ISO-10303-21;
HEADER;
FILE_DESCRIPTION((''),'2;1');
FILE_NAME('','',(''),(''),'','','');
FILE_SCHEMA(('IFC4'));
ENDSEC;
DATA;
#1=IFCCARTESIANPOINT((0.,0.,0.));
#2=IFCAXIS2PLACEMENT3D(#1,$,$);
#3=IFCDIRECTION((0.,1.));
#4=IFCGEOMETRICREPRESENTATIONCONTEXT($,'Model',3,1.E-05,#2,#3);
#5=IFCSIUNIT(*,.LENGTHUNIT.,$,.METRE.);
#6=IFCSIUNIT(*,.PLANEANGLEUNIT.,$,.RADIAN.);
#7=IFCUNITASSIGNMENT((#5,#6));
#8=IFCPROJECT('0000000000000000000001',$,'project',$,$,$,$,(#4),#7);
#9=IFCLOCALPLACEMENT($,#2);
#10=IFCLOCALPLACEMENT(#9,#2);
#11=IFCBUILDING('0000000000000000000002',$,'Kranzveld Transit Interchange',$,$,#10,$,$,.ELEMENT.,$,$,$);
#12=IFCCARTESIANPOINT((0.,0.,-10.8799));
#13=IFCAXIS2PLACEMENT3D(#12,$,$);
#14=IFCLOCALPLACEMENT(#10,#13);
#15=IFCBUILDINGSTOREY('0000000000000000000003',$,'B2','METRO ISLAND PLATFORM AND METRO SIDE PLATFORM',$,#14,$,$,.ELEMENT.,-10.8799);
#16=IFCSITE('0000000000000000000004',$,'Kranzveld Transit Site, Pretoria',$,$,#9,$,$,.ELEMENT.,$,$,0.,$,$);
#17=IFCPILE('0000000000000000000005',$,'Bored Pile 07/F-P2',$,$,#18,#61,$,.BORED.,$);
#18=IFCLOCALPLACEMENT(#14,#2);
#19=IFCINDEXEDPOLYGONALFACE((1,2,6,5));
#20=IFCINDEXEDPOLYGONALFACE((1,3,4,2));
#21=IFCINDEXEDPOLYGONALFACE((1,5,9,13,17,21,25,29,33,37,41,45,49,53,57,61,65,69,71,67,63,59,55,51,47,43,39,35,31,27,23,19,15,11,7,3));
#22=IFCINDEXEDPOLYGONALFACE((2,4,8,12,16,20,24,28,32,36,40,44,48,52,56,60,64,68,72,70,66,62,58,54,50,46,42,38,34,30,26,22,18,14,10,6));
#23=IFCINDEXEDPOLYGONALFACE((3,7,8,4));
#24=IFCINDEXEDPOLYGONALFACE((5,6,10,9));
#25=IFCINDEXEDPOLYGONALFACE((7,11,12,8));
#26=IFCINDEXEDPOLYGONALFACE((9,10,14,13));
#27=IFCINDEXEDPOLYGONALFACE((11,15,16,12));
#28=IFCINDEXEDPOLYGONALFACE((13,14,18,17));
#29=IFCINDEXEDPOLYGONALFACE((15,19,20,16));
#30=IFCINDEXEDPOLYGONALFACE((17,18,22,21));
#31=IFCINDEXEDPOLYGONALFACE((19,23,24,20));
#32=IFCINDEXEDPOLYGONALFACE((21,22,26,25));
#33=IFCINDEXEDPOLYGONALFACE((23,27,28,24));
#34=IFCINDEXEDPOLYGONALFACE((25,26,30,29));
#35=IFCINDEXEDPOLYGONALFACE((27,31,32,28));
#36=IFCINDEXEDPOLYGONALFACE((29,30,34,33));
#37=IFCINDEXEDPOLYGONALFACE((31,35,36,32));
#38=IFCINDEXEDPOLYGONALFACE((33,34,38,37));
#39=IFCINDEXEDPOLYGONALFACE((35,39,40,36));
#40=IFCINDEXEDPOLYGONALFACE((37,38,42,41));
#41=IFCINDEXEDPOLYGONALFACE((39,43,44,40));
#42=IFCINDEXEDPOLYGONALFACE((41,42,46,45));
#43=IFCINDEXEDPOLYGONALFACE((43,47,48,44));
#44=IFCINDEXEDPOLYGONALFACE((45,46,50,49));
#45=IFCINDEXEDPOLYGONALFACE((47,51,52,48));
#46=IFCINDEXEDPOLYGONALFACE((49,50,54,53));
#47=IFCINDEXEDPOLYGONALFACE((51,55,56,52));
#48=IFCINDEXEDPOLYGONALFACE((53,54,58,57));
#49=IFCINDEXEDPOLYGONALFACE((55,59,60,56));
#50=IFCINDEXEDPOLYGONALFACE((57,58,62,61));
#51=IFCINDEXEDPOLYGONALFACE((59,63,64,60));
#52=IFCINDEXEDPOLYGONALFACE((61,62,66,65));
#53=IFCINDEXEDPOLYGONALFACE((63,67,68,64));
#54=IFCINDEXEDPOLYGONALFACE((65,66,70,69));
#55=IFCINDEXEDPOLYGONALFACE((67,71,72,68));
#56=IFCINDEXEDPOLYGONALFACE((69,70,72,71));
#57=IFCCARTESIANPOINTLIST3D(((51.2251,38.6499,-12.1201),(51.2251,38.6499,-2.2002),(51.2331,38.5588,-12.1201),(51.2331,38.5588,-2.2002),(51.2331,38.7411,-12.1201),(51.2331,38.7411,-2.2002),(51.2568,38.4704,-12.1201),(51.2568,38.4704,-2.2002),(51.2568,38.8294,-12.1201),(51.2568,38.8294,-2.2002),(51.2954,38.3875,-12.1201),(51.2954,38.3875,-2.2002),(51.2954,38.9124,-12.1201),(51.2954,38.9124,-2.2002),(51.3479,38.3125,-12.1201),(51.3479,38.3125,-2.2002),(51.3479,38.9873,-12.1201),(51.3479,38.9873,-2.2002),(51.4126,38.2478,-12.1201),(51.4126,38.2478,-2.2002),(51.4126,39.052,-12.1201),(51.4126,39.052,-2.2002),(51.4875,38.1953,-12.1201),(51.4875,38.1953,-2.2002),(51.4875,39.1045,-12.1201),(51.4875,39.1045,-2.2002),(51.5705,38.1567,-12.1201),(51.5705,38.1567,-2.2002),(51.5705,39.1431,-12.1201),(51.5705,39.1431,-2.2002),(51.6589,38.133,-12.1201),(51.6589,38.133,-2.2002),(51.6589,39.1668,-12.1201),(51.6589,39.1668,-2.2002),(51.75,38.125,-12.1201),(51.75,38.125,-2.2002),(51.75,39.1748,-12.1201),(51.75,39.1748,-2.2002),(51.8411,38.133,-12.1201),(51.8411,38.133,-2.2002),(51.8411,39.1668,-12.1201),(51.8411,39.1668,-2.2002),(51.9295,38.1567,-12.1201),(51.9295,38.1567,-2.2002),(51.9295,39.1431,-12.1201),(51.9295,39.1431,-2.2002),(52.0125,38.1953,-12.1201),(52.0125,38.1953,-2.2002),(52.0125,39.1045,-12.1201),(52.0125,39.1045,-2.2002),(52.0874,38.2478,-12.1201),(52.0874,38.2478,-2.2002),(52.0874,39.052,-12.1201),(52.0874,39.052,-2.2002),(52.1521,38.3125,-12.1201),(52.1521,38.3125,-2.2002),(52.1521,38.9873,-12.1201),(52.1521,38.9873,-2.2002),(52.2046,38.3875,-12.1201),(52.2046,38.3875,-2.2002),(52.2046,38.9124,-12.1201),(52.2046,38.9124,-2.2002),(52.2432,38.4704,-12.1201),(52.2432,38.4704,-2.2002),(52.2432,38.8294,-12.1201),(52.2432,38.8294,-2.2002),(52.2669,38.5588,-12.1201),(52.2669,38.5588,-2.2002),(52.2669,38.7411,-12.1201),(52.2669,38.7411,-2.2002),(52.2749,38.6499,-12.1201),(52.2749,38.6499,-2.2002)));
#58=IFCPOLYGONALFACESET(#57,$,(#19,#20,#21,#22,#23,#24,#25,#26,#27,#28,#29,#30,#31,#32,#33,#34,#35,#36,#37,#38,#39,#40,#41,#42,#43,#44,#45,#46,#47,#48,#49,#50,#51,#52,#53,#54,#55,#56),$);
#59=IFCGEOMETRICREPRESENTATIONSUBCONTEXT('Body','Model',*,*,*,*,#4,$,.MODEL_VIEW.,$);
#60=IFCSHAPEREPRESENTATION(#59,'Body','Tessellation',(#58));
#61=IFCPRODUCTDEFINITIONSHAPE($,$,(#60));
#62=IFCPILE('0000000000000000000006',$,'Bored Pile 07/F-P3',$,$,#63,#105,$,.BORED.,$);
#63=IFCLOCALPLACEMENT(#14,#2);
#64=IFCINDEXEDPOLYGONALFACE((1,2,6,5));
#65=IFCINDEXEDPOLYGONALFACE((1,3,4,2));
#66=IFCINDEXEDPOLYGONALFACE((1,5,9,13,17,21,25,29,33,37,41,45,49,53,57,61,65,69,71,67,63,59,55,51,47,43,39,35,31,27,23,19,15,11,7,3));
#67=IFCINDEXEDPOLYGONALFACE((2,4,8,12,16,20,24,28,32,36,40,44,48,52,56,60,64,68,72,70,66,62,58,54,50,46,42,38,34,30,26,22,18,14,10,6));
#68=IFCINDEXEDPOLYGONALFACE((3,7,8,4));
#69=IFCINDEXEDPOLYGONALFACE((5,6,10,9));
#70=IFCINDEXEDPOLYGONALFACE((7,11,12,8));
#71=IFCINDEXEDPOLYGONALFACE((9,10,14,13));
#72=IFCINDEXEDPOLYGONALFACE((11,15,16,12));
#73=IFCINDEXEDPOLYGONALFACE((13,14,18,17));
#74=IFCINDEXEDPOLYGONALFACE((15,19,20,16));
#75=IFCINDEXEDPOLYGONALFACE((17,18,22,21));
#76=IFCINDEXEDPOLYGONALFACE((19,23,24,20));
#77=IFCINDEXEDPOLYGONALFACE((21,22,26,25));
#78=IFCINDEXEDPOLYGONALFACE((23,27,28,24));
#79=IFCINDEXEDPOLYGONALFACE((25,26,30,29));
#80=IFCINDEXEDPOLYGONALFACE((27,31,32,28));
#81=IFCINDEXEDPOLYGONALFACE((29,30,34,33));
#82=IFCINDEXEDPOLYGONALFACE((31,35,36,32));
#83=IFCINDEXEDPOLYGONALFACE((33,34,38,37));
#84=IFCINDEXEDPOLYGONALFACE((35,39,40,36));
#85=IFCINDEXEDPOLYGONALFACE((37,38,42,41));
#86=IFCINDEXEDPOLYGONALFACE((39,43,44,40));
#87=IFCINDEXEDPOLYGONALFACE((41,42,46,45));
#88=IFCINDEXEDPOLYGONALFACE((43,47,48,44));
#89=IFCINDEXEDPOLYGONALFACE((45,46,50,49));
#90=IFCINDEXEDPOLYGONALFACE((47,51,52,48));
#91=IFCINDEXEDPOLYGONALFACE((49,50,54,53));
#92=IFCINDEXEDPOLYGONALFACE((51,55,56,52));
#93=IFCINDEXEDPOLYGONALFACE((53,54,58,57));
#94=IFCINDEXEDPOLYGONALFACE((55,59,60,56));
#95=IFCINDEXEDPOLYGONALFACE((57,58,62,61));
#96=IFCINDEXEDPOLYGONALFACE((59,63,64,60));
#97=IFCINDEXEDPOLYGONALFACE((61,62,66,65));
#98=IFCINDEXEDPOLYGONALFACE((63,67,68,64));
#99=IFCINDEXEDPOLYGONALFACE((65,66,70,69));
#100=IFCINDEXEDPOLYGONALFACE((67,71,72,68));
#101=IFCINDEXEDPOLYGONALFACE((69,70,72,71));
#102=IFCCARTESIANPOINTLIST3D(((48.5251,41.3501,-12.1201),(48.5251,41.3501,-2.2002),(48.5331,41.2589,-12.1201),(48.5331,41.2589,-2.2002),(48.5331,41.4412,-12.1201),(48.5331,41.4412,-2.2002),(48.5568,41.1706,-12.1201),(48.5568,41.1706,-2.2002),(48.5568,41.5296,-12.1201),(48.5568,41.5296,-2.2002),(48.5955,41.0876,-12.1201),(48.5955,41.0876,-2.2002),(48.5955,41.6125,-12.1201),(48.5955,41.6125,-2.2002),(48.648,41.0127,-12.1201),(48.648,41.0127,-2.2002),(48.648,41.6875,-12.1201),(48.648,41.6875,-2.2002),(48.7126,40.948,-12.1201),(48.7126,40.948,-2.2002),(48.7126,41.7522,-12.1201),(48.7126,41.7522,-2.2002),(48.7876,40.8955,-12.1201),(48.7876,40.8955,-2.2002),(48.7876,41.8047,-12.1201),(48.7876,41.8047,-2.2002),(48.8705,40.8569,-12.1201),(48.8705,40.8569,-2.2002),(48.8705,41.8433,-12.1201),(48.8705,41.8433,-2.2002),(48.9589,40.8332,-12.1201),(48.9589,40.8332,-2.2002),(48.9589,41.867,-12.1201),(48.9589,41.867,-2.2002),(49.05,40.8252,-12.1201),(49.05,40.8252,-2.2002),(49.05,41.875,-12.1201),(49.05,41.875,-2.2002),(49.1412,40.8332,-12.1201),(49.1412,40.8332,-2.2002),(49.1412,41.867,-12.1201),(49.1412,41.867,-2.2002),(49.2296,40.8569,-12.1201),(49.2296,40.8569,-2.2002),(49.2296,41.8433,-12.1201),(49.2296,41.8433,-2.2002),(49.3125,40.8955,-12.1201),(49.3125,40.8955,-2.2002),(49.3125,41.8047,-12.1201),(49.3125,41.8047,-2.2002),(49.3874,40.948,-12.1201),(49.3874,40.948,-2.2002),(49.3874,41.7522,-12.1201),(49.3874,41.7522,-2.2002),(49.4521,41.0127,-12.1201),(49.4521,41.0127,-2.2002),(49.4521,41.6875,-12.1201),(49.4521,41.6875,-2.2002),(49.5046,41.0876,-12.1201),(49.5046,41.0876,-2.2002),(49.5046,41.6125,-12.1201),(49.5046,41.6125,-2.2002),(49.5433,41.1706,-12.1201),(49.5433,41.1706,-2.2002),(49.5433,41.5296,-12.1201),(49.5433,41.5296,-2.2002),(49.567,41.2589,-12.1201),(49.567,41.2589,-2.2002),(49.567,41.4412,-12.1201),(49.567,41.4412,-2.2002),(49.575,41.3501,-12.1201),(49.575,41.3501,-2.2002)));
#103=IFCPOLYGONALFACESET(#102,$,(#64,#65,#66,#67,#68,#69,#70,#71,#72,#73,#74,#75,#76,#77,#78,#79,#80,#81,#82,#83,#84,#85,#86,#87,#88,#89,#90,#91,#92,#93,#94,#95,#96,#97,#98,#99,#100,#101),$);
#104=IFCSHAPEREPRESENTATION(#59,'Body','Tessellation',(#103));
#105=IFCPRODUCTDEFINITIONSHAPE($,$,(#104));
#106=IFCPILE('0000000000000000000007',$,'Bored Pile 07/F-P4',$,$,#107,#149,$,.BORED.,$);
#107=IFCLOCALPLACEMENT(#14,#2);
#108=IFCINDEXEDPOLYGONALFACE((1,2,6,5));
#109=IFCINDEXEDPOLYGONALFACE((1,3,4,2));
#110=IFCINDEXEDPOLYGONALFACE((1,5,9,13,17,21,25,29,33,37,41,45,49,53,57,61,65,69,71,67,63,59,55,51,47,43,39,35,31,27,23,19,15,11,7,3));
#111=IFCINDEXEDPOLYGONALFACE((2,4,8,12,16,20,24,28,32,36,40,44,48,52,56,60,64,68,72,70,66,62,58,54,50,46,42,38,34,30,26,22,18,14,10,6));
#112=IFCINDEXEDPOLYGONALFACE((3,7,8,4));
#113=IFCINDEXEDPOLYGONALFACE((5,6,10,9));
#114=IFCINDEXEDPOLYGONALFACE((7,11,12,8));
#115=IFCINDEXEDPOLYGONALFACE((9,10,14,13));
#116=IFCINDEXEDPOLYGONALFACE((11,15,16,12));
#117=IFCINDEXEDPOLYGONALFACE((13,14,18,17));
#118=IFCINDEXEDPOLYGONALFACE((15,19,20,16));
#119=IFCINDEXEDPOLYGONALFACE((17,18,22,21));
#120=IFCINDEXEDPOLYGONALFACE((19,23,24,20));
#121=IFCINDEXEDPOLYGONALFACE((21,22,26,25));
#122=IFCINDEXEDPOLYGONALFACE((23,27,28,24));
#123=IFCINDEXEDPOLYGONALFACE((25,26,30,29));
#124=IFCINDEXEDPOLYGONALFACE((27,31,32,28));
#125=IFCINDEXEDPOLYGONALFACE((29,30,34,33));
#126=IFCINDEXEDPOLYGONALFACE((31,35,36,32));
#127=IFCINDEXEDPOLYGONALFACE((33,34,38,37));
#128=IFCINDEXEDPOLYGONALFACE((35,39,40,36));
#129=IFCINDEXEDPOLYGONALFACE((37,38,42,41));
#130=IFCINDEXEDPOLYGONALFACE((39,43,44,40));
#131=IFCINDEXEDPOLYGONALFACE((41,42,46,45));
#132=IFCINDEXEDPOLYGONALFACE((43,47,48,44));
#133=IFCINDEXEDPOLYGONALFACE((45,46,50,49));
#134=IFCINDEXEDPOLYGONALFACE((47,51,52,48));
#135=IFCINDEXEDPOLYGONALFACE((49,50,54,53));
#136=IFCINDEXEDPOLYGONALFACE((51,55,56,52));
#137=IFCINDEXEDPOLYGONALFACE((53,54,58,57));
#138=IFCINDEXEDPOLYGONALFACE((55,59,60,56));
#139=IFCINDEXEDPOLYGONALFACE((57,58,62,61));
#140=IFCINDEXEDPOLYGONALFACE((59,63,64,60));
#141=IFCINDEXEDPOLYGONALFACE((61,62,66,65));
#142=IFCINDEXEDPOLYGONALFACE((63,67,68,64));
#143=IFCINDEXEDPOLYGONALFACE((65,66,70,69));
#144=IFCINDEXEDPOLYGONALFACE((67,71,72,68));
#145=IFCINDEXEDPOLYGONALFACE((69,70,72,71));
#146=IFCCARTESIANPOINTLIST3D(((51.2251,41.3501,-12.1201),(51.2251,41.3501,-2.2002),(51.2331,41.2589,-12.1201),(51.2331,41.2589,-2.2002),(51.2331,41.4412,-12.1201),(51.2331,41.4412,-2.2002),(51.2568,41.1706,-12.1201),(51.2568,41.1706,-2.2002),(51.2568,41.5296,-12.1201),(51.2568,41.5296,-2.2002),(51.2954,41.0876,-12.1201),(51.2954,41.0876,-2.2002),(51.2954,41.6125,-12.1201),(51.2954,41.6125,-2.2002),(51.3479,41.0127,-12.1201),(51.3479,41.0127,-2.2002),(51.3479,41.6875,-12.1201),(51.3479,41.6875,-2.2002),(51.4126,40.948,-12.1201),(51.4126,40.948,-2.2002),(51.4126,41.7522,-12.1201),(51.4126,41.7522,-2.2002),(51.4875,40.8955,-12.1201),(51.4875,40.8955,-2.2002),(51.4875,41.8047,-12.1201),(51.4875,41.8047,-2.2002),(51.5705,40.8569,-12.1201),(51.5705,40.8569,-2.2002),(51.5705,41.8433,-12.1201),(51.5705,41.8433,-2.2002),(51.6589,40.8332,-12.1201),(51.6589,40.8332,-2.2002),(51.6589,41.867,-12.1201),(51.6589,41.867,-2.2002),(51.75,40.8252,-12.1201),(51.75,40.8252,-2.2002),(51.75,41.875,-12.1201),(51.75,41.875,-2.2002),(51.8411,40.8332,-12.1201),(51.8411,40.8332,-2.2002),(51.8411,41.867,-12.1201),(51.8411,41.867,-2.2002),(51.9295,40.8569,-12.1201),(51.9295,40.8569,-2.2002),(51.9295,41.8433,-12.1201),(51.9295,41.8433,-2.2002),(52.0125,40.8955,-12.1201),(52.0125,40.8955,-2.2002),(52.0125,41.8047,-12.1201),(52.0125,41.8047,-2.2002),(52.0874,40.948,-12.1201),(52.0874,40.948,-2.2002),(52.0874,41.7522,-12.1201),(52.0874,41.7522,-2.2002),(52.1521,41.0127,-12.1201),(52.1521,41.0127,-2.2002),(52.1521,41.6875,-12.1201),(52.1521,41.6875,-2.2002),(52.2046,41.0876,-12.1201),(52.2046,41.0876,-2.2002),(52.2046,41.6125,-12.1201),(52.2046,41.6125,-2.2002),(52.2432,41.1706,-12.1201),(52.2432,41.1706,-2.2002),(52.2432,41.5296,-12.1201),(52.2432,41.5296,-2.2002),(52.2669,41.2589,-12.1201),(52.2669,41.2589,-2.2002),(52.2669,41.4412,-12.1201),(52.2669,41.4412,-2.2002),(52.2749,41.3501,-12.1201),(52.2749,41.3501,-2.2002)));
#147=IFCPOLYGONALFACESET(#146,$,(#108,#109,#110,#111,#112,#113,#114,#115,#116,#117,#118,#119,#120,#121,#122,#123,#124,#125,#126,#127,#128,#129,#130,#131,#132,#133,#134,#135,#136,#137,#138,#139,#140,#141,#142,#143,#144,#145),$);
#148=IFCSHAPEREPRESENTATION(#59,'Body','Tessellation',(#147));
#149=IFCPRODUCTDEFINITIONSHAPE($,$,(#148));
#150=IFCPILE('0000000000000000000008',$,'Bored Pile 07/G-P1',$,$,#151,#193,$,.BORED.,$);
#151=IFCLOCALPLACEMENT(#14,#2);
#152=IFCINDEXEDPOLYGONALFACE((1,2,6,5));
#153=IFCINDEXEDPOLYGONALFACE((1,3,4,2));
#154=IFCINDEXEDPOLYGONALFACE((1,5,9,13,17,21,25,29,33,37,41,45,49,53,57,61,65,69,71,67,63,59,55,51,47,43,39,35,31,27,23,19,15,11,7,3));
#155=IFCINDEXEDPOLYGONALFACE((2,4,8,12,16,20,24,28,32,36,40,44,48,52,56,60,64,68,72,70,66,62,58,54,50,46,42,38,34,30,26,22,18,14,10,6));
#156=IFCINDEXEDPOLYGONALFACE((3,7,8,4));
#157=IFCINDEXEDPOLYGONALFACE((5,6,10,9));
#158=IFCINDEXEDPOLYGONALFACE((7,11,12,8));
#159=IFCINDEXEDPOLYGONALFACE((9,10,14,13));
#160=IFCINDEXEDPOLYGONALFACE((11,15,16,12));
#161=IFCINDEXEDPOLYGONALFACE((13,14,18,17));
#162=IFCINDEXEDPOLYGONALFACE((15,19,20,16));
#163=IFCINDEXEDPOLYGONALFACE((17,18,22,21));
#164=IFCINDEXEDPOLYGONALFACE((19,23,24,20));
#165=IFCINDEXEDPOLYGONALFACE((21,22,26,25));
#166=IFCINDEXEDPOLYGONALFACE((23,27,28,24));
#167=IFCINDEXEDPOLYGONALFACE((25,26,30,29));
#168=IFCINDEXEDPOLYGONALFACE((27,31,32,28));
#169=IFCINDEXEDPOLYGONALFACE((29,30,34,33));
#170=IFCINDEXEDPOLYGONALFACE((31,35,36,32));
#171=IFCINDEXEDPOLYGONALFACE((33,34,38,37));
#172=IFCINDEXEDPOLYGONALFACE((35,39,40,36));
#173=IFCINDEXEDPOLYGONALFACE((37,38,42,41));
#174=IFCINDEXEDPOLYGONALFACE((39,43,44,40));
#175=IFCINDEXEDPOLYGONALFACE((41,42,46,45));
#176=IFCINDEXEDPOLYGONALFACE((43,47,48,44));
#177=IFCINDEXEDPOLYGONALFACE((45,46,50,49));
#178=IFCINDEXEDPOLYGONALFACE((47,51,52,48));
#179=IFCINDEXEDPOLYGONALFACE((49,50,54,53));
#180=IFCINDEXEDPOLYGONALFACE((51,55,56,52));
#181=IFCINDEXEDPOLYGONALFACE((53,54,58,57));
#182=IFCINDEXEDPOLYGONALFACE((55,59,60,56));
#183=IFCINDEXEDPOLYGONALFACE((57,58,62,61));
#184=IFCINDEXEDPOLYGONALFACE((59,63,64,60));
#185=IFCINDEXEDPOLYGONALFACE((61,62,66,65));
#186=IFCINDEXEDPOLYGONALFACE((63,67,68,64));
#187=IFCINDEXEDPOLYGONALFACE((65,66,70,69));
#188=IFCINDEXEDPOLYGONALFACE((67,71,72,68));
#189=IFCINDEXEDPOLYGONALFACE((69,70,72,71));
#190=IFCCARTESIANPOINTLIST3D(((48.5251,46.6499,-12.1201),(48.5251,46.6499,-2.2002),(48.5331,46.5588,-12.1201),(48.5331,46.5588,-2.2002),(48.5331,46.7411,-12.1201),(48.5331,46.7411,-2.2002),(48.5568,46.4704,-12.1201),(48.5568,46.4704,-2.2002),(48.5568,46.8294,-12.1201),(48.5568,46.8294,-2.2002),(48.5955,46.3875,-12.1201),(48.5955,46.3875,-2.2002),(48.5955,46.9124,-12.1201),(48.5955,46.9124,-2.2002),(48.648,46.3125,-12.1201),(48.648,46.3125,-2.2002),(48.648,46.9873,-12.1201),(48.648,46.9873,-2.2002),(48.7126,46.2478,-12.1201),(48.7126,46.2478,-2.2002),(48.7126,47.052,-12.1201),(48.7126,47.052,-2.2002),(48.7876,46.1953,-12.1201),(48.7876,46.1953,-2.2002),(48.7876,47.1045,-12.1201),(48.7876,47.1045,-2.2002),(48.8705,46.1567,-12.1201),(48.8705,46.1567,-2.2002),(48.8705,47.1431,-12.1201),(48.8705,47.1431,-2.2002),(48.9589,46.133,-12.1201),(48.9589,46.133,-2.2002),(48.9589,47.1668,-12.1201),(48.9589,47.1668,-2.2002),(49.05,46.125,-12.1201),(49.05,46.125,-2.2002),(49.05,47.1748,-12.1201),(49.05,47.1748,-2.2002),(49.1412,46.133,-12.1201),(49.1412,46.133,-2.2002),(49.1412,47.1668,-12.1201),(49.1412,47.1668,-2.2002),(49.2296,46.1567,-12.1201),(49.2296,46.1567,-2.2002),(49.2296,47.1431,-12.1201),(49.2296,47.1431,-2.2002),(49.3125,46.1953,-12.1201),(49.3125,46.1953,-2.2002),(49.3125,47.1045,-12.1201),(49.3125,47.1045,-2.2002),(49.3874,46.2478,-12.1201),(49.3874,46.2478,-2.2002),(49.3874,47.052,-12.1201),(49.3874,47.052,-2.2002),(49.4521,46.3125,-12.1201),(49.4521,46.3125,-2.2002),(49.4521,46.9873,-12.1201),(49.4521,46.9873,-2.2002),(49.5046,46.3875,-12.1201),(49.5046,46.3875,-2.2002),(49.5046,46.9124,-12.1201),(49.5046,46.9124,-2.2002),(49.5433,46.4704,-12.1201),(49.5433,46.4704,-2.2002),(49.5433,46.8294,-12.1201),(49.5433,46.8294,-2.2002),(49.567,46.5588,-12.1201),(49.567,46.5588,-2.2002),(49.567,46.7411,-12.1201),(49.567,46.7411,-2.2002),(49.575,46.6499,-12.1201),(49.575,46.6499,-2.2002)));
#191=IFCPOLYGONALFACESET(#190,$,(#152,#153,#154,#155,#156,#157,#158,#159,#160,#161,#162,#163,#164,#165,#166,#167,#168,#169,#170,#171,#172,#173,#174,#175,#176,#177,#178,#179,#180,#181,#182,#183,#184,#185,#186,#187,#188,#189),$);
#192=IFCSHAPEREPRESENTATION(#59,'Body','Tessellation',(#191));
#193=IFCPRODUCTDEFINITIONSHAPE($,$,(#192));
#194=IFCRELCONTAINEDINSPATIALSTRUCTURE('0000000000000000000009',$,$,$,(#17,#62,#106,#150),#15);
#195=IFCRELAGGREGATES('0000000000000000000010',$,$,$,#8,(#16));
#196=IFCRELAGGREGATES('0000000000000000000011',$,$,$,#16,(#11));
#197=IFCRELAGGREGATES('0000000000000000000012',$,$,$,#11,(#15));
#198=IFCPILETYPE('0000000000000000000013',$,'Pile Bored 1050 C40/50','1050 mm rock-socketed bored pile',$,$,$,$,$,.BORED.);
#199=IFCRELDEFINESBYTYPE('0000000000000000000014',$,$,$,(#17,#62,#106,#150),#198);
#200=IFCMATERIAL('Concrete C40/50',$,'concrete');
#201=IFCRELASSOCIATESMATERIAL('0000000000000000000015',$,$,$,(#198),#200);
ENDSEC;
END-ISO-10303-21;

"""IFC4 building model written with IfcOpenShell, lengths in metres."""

from ifc_helpers import new_model, si_unit, direction, frame, origin, origin_2d, place, context, subcontext, project, spatial, circle, extrude, material, material_profile, profile_set, type_object, element, save


model = new_model("IFC4")

# Units and contexts
model_context = context("Model", 3, precision=1e-05, world=origin(), true_north=direction((0.0, 1.0)))
body_context = subcontext(model_context, "Body", "Model", "MODEL_VIEW")
ifc_project = project(units=[si_unit("LENGTHUNIT", "METRE"), si_unit("PLANEANGLEUNIT", "RADIAN")], contexts=[model_context])

# Site, building, storey
site_placement = place(None, origin())
site = spatial("IfcSite", under=ifc_project, at=site_placement, Name="Kranzveld Transit Site, Pretoria", CompositionType="ELEMENT", RefElevation=0.0)
building_placement = place(site_placement, origin())
building = spatial("IfcBuilding", under=site, at=building_placement, Name="Kranzveld Transit Interchange", CompositionType="ELEMENT")
storey_placement = place(building_placement, frame((0.0, 0.0, -10.8799)))
storey = spatial("IfcBuildingStorey", under=building, at=storey_placement, Name="B2", Description="METRO ISLAND PLATFORM AND METRO SIDE PLATFORM", CompositionType="ELEMENT", Elevation=-10.8799)

# Piles
ifc_material_1 = material(Name="Concrete C40/50", Category="concrete")
ifc_material_profile_1 = material_profile(ifc_material_1, circle(Radius=0.5249, at=origin_2d()), Name="BORED PILE 1050")
ifc_profile_set_1 = profile_set([ifc_material_profile_1], Name="Concrete C40/50")
pile_type = type_object("IfcPileType", Name="Pile Bored 1050 C40/50", Description="1050 mm rock-socketed bored pile", PredefinedType="BORED", material=ifc_profile_set_1)
for number, where, z_axis, x_axis, name in (
    (1, (51.75, 38.6499, -2.2002), (0.0, 0.0, -1.0), (1.0, 0.0, 0.0), "Bored Pile 07/F-P2"),
    (2, (49.05, 41.3501, -2.2002), (0.0, 0.0, -1.0), (1.0, 0.0, 0.0), "Bored Pile 07/F-P3"),
    (3, (51.75, 41.3501, -2.2002), (0.0, 0.0, -1.0), (1.0, 0.0, 0.0), "Bored Pile 07/F-P4"),
    (4, (49.05, 46.6499, -2.2002), (0.0, 0.0, -1.0), (1.0, 0.0, 0.0), "Bored Pile 07/G-P1"),
):
    element("IfcPile", number, at=place(storey_placement, frame(where, z_axis=z_axis, x_axis=x_axis)), inside=storey, type_object=pile_type, Name=name, PredefinedType="BORED", context=body_context, shape_type="SweptSolid", body=[
        extrude(circle(Radius=0.5249, at=origin_2d()), origin(), (0.0, 0.0, 1.0), 9.9199),
    ])

save(model, "model.ifc")
